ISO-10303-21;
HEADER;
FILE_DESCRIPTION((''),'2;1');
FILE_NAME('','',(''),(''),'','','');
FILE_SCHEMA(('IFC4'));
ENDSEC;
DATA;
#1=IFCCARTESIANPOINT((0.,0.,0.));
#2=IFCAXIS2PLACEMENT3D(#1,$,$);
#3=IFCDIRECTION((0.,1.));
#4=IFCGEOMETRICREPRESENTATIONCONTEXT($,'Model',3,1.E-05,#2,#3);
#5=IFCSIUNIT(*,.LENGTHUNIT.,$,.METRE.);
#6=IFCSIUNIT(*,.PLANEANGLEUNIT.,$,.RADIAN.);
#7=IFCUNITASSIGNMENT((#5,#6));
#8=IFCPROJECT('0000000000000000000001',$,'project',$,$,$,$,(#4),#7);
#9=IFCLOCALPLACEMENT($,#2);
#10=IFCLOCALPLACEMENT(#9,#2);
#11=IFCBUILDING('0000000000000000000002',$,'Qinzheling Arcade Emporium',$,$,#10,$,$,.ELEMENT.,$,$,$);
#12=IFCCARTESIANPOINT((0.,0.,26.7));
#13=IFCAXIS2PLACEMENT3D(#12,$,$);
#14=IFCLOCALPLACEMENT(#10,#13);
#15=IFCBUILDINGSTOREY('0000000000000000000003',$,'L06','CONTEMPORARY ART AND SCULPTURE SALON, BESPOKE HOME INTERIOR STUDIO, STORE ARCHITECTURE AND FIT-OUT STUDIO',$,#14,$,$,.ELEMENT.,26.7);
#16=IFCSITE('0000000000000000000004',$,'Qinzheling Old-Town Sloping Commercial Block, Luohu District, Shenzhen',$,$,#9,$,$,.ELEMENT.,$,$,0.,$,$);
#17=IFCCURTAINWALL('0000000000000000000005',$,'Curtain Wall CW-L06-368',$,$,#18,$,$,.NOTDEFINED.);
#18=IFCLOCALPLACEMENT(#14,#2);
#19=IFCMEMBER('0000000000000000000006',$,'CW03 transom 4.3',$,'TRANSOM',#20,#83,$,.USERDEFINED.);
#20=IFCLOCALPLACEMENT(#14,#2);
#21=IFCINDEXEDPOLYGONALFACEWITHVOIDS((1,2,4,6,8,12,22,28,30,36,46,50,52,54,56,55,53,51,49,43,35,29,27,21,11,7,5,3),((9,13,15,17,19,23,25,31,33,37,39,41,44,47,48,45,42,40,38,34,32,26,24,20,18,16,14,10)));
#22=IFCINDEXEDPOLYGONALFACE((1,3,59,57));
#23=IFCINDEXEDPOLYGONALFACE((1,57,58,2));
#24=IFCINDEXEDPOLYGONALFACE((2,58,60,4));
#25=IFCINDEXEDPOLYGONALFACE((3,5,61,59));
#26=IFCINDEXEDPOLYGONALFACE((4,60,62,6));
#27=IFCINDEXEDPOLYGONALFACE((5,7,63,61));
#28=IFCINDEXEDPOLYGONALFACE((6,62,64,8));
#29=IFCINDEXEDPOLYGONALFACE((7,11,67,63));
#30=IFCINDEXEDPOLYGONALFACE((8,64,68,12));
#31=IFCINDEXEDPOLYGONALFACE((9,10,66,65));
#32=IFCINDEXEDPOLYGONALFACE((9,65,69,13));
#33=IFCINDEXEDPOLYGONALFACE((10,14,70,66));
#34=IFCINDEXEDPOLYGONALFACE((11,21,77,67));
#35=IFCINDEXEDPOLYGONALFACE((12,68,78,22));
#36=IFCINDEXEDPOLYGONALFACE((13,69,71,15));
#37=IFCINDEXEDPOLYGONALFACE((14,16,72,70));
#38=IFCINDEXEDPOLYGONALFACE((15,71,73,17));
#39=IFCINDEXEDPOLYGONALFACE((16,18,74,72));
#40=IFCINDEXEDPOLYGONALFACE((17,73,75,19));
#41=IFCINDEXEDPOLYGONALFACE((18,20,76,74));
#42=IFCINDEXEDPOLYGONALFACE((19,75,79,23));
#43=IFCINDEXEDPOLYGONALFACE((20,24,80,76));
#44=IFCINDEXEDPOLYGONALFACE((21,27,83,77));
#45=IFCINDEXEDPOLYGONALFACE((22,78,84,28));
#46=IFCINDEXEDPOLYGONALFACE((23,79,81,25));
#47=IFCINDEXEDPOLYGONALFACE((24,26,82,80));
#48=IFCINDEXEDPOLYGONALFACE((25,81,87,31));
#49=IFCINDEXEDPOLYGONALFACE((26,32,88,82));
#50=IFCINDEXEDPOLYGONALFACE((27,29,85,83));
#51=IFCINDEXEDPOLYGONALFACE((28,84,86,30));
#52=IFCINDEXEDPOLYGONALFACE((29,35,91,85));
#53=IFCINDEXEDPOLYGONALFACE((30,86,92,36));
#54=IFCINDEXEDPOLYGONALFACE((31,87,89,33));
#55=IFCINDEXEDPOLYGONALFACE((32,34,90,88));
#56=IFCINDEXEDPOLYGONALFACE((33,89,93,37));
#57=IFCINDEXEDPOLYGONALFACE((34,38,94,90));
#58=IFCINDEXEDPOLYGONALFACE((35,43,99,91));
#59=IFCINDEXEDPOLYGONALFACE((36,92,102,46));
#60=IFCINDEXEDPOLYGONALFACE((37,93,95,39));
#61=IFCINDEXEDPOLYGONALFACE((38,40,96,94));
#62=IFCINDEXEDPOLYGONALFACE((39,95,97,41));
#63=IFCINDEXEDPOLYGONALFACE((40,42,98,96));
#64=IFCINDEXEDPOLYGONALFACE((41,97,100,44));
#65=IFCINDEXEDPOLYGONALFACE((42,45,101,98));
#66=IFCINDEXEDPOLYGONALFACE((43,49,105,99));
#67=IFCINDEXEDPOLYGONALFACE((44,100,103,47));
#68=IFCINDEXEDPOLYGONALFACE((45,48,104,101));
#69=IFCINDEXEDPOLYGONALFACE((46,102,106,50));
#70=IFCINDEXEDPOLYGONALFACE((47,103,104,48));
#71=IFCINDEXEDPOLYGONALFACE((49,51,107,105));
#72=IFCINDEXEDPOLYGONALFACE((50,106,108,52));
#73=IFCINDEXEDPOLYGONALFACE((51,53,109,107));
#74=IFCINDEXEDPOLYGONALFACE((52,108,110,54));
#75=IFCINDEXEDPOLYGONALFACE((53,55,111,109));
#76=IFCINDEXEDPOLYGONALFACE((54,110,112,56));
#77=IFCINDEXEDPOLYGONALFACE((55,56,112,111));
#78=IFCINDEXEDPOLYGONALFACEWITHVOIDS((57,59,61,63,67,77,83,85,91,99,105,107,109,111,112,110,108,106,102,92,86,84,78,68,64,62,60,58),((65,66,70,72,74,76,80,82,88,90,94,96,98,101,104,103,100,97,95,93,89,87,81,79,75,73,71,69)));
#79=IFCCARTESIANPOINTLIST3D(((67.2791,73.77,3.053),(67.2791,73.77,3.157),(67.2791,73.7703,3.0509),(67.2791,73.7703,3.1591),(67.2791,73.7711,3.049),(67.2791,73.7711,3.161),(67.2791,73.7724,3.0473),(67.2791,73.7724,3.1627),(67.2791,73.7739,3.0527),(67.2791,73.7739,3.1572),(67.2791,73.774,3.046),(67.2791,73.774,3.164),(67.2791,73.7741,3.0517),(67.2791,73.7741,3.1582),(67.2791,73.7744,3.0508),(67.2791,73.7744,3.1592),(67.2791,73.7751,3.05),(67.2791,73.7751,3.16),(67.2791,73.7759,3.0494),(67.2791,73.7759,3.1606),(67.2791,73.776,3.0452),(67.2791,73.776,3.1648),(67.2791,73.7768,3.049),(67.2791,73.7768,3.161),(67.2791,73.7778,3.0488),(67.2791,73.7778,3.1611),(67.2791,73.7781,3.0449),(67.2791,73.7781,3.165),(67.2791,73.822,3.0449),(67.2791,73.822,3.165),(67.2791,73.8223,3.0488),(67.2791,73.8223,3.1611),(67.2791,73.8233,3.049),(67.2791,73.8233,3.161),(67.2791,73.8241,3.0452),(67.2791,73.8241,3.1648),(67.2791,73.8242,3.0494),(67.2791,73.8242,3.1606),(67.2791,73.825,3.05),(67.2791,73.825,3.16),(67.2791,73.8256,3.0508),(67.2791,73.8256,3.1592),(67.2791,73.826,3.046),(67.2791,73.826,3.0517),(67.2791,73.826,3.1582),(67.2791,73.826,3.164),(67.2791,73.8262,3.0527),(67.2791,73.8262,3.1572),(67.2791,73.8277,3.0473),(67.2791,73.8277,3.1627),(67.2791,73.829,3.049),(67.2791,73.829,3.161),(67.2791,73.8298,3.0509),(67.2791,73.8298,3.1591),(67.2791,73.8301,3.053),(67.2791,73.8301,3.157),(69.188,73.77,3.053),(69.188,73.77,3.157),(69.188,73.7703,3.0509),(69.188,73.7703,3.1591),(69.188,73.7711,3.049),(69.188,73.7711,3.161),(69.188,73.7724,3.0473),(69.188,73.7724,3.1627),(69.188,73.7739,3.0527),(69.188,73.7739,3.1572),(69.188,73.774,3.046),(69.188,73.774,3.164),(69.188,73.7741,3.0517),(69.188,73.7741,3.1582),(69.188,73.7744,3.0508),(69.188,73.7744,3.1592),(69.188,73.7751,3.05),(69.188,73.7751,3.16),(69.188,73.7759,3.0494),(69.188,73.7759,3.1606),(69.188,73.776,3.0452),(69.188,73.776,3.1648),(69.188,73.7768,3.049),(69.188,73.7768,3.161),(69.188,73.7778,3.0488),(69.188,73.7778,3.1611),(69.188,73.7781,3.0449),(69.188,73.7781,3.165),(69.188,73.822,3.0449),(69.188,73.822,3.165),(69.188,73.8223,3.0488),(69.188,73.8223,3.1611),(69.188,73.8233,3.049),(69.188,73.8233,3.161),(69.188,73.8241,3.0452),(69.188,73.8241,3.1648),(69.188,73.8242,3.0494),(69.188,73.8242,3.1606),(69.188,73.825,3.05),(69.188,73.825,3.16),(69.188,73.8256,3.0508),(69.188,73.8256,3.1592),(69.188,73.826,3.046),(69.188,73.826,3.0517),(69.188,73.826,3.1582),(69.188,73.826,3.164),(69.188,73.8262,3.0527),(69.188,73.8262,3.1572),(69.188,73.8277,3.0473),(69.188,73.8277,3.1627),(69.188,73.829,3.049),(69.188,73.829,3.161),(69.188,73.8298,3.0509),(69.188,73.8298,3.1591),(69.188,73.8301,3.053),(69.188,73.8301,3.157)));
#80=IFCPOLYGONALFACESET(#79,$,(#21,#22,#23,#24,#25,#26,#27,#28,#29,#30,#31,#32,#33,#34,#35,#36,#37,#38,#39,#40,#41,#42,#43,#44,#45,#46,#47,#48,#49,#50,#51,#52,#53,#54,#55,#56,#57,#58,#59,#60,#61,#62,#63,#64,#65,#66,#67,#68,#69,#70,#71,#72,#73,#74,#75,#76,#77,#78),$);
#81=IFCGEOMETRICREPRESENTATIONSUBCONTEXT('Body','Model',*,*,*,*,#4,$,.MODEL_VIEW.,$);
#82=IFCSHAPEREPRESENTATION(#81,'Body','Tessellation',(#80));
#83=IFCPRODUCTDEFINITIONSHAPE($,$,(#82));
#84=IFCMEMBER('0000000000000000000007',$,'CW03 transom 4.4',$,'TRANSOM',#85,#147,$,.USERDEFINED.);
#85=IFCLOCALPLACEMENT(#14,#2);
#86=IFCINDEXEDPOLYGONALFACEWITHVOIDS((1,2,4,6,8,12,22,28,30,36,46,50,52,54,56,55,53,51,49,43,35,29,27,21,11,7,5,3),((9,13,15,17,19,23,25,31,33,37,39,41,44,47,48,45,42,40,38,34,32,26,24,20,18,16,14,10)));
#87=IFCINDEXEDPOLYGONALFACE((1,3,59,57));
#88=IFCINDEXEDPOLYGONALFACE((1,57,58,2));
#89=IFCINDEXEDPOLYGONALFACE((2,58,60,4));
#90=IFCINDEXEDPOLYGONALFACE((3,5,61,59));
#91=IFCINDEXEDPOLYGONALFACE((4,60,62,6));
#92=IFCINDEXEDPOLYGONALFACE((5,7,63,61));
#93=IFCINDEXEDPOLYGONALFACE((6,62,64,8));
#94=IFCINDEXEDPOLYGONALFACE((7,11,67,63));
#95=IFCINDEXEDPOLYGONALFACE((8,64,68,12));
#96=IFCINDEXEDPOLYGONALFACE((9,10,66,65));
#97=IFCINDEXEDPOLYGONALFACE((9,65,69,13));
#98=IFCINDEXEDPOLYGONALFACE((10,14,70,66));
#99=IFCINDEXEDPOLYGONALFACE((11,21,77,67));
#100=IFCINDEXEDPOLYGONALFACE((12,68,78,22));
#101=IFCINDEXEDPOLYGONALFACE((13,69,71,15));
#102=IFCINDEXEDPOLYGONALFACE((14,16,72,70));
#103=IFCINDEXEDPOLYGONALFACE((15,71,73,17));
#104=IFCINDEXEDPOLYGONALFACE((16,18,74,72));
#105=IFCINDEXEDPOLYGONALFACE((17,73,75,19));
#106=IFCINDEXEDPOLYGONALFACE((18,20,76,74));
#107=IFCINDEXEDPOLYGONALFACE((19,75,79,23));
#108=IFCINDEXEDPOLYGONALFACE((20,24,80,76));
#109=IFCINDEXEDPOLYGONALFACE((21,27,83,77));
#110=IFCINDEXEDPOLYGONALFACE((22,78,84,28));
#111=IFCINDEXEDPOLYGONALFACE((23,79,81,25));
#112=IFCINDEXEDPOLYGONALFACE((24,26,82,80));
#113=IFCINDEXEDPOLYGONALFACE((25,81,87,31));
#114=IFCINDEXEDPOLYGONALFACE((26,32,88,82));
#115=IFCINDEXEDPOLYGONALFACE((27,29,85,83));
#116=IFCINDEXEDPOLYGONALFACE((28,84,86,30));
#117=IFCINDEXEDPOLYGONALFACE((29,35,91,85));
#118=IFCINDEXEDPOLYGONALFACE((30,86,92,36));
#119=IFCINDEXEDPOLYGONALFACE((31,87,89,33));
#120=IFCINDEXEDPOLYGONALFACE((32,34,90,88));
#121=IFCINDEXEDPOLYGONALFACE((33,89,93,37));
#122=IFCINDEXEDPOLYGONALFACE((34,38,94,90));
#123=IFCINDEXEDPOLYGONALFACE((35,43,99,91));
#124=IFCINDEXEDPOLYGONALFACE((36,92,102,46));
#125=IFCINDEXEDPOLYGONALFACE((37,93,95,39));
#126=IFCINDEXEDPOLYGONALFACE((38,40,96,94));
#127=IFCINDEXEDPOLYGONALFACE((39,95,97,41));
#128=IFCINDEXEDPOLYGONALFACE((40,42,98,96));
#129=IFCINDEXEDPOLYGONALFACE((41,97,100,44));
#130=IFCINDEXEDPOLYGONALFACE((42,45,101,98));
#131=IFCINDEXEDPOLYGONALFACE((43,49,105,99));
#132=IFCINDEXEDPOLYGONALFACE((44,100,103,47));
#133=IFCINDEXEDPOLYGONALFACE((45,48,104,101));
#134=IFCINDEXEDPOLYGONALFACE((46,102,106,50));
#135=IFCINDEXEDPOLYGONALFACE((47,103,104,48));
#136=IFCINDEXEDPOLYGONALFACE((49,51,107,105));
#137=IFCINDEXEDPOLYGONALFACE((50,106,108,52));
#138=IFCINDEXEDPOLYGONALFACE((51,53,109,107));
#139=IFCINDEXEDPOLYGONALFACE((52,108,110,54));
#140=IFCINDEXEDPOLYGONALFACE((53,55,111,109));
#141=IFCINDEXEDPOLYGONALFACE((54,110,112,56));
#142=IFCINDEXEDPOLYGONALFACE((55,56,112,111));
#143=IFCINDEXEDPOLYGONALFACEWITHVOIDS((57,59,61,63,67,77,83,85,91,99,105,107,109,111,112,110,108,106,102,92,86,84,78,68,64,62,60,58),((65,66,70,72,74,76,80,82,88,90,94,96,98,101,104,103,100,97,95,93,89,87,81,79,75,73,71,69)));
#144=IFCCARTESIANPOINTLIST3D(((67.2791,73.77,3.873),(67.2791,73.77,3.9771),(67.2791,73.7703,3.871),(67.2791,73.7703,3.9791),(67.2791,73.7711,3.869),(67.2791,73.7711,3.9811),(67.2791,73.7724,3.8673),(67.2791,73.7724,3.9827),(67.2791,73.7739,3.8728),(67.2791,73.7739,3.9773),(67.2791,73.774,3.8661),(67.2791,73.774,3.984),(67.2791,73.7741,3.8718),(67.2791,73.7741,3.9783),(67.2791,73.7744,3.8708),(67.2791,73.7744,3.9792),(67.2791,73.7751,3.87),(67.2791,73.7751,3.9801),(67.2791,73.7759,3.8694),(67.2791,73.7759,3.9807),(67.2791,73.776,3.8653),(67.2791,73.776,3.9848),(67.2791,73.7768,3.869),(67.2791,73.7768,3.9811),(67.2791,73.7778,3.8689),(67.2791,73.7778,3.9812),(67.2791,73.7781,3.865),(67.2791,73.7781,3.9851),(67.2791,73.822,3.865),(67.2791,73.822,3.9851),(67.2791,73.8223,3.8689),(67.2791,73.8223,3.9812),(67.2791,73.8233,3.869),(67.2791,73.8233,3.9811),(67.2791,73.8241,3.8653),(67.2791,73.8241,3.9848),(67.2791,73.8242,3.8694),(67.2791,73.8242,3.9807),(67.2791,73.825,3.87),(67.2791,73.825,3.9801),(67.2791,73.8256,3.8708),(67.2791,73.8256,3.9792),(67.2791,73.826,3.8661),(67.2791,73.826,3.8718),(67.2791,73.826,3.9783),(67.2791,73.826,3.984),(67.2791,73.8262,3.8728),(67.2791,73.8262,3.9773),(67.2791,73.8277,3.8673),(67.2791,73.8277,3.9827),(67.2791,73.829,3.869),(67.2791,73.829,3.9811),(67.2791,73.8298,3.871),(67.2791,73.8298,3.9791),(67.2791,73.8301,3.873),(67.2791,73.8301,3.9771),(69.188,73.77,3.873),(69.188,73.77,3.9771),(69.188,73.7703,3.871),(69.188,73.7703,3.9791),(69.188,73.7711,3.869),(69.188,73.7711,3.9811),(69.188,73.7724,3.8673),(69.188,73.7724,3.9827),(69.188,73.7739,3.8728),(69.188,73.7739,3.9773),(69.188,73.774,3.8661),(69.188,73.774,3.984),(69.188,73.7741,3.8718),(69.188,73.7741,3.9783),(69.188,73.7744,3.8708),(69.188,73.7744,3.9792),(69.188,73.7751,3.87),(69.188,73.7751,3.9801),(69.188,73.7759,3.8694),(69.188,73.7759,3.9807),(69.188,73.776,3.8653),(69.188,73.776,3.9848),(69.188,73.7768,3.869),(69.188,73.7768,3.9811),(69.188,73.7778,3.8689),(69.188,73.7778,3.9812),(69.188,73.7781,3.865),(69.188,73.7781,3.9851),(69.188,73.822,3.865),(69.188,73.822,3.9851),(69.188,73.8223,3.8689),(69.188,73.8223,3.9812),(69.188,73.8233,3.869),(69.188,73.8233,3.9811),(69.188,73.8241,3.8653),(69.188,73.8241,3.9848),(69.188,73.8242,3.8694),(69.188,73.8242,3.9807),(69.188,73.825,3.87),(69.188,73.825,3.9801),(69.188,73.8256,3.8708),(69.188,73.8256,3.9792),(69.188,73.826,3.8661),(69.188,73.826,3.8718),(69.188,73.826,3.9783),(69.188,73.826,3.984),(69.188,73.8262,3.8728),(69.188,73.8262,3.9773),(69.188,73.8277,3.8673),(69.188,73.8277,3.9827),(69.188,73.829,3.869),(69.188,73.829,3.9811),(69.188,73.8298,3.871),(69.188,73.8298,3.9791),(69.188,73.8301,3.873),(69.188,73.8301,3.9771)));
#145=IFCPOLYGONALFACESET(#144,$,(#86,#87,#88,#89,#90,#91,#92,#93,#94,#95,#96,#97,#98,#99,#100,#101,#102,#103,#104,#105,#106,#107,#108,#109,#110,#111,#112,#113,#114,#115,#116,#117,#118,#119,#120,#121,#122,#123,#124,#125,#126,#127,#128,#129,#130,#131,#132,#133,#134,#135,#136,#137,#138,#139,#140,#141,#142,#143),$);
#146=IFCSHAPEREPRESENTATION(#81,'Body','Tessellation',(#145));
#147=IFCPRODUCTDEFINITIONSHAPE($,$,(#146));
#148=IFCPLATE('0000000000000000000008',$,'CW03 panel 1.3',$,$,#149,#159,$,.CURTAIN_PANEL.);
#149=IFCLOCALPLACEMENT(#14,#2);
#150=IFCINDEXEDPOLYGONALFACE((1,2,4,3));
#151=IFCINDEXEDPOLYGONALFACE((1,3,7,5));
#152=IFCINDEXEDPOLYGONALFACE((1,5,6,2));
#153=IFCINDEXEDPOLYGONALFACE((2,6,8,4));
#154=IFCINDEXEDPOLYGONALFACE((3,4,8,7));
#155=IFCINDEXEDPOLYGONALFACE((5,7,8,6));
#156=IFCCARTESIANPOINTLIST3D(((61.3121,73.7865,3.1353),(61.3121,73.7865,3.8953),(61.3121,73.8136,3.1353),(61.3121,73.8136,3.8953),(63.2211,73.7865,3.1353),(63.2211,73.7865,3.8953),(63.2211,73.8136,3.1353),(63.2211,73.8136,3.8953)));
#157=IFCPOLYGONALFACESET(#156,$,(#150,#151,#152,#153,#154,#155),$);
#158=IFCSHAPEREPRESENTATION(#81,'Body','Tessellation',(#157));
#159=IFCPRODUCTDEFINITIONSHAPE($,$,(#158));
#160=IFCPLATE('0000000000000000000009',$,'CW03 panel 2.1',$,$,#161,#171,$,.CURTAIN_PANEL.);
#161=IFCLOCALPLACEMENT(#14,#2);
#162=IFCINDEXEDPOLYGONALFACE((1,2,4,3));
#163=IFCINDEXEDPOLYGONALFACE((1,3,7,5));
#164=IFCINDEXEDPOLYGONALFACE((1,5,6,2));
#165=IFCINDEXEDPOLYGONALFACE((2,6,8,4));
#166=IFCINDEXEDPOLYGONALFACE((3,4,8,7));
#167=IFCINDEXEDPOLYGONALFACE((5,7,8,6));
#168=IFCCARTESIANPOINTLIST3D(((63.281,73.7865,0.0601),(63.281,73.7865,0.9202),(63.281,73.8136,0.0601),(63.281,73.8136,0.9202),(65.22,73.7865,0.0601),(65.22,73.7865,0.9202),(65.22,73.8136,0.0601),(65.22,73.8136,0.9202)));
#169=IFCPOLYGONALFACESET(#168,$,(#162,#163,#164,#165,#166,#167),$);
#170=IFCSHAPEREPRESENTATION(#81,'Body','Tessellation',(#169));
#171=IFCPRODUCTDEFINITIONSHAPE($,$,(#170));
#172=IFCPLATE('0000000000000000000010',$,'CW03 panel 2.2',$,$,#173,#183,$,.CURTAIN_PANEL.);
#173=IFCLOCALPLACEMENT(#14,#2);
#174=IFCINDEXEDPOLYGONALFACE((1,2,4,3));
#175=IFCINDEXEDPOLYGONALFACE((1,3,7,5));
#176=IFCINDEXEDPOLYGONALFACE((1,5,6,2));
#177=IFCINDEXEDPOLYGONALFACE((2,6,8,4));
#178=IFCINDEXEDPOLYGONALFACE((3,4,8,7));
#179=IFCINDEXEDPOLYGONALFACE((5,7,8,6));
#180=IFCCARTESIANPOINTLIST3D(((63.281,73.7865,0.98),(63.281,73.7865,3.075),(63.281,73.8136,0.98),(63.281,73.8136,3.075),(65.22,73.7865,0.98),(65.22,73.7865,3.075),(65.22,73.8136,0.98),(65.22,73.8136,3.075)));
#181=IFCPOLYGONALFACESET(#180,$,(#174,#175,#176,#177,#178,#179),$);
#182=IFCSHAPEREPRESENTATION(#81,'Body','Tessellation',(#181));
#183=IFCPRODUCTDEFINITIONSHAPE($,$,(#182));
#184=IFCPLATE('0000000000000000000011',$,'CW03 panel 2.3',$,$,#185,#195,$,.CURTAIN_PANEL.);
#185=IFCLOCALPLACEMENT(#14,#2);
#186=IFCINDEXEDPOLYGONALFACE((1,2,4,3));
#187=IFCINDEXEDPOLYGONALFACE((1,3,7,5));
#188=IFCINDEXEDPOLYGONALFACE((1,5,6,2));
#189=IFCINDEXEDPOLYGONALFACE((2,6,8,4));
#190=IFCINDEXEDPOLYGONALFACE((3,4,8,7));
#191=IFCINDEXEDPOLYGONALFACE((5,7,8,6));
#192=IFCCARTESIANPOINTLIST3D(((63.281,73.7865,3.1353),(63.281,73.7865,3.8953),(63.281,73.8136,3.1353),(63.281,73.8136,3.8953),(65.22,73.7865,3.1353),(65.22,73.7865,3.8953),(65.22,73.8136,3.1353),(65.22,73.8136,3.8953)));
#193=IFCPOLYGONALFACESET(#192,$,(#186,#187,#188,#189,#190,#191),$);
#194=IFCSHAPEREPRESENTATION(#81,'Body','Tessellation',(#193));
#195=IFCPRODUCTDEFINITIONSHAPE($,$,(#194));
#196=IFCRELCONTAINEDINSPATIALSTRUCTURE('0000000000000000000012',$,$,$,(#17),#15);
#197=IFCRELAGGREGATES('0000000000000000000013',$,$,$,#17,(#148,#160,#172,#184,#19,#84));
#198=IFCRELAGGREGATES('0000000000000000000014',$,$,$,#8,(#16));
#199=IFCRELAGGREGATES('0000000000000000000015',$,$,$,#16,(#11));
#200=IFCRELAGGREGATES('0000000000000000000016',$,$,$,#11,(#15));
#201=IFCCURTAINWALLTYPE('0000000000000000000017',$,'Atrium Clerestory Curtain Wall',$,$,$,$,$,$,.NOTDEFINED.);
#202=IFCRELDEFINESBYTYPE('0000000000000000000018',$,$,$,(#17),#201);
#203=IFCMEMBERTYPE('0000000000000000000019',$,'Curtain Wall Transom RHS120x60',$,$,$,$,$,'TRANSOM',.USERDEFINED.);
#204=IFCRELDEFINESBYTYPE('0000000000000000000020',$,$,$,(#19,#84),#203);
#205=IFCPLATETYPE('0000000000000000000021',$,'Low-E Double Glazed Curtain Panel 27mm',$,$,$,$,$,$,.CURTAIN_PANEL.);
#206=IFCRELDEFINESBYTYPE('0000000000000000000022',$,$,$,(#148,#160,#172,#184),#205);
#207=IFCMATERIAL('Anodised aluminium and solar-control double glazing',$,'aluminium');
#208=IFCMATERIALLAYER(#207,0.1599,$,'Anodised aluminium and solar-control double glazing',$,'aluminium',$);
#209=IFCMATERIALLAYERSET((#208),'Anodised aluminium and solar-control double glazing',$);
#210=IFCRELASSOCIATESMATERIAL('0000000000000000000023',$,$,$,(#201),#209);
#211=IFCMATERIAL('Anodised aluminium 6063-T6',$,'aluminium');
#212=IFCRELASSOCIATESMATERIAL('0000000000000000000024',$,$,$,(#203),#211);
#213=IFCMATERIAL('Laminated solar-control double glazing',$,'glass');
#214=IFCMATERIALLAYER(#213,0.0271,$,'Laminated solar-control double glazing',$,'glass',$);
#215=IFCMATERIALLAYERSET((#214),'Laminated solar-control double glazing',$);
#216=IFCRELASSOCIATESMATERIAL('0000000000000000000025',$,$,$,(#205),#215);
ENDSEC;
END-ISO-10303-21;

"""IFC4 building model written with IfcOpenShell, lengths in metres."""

from ifc_helpers import new_model, si_unit, direction, frame, origin, origin_2d, place, context, subcontext, project, spatial, rectangle, hollow_rectangle, extrude, material, layer, layer_set, material_profile, profile_set, type_object, element, aggregate, save


model = new_model("IFC4")

# Units and contexts
model_context = context("Model", 3, precision=1e-05, world=origin(), true_north=direction((0.0, 1.0)))
body_context = subcontext(model_context, "Body", "Model", "MODEL_VIEW")
ifc_project = project(units=[si_unit("LENGTHUNIT", "METRE"), si_unit("PLANEANGLEUNIT", "RADIAN")], contexts=[model_context])

# Site, building, storey
site_placement = place(None, origin())
site = spatial("IfcSite", under=ifc_project, at=site_placement, Name="Qinzheling Old-Town Sloping Commercial Block, Luohu District, Shenzhen", CompositionType="ELEMENT", RefElevation=0.0)
building_placement = place(site_placement, origin())
building = spatial("IfcBuilding", under=site, at=building_placement, Name="Qinzheling Arcade Emporium", CompositionType="ELEMENT")
storey_placement = place(building_placement, frame((0.0, 0.0, 26.7)))
storey = spatial("IfcBuildingStorey", under=building, at=storey_placement, Name="L06", Description="CONTEMPORARY ART AND SCULPTURE SALON, BESPOKE HOME INTERIOR STUDIO, STORE ARCHITECTURE AND FIT-OUT STUDIO", CompositionType="ELEMENT", Elevation=26.7)

# Curtain wall, members, plates
ifc_material_1 = material(Name="Anodised aluminium and solar-control double glazing", Category="aluminium")
ifc_layer_1 = layer(ifc_material_1, 0.1599, Name="Anodised aluminium and solar-control double glazing", Category="aluminium")
ifc_layer_set_1 = layer_set([ifc_layer_1], Name="Anodised aluminium and solar-control double glazing")
curtain_wall_type = type_object("IfcCurtainWallType", Name="Atrium Clerestory Curtain Wall", PredefinedType="NOTDEFINED", material=ifc_layer_set_1)
curtain_wall_placement = place(storey_placement, origin())
curtain_wall = element("IfcCurtainWall", 1, at=curtain_wall_placement, inside=storey, type_object=curtain_wall_type, Name="Curtain Wall CW-L06-368", PredefinedType="NOTDEFINED")
ifc_material_2 = material(Name="Anodised aluminium 6063-T6", Category="aluminium")
ifc_material_profile_1 = material_profile(ifc_material_2, hollow_rectangle(XDim=0.0601, YDim=0.1201, WallThickness=0.0039, InnerFilletRadius=0.0039, OuterFilletRadius=0.0081, at=origin_2d()), Name="RHS 120x60x4", Category="aluminium")
ifc_profile_set_1 = profile_set([ifc_material_profile_1], Name="Anodised aluminium 6063-T6")
member_type_1 = type_object("IfcMemberType", Name="Curtain Wall Transom RHS120x60", ElementType="TRANSOM", PredefinedType="USERDEFINED", material=ifc_profile_set_1)
member_1_placement = place(storey_placement, frame((67.2791, 73.8, 3.105), z_axis=(1.0, 0.0, 0.0), x_axis=(0.0, 1.0, 0.0)))
member_1 = element("IfcMember", 2, at=member_1_placement, type_object=member_type_1, Name="CW03 transom 4.3", ObjectType="TRANSOM", PredefinedType="USERDEFINED", context=body_context, shape_type="SweptSolid", body=[
    extrude(hollow_rectangle(XDim=0.0601, YDim=0.1201, WallThickness=0.0039, InnerFilletRadius=0.0039, OuterFilletRadius=0.0081, at=origin_2d()), origin(), (0.0, 0.0, 1.0), 1.9089),
])
member_2_placement = place(storey_placement, frame((67.2791, 73.8, 3.925), z_axis=(1.0, 0.0, 0.0), x_axis=(0.0, 1.0, 0.0)))
member_2 = element("IfcMember", 3, at=member_2_placement, type_object=member_type_1, Name="CW03 transom 4.4", ObjectType="TRANSOM", PredefinedType="USERDEFINED", context=body_context, shape_type="SweptSolid", body=[
    extrude(hollow_rectangle(XDim=0.0601, YDim=0.1201, WallThickness=0.0039, InnerFilletRadius=0.0039, OuterFilletRadius=0.0081, at=origin_2d()), origin(), (0.0, 0.0, 1.0), 1.9089),
])
ifc_material_3 = material(Name="Laminated solar-control double glazing", Category="glass")
ifc_layer_2 = layer(ifc_material_3, 0.0271, Name="Laminated solar-control double glazing", Category="glass")
ifc_layer_set_2 = layer_set([ifc_layer_2], Name="Laminated solar-control double glazing")
plate_type = type_object("IfcPlateType", Name="Low-E Double Glazed Curtain Panel 27mm", PredefinedType="CURTAIN_PANEL", material=ifc_layer_set_2)
plate_1_placement = place(storey_placement, frame((62.2666, 73.8, 3.1353), z_axis=(0.0, 0.0, 1.0), x_axis=(1.0, 0.0, 0.0)))
plate_1 = element("IfcPlate", 4, at=plate_1_placement, type_object=plate_type, Name="CW03 panel 1.3", PredefinedType="CURTAIN_PANEL", context=body_context, shape_type="SweptSolid", body=[
    extrude(rectangle(XDim=1.9089, YDim=0.0271, at=origin_2d()), origin(), (0.0, 0.0, 1.0), 0.76),
])
plate_2_placement = place(storey_placement, frame((64.2505, 73.8, 0.0601), z_axis=(0.0, 0.0, 1.0), x_axis=(1.0, 0.0, 0.0)))
plate_2 = element("IfcPlate", 5, at=plate_2_placement, type_object=plate_type, Name="CW03 panel 2.1", PredefinedType="CURTAIN_PANEL", context=body_context, shape_type="SweptSolid", body=[
    extrude(rectangle(XDim=1.939, YDim=0.0271, at=origin_2d()), origin(), (0.0, 0.0, 1.0), 0.8601),
])
plate_3_placement = place(storey_placement, frame((64.2505, 73.8, 0.98), z_axis=(0.0, 0.0, 1.0), x_axis=(1.0, 0.0, 0.0)))
plate_3 = element("IfcPlate", 6, at=plate_3_placement, type_object=plate_type, Name="CW03 panel 2.2", PredefinedType="CURTAIN_PANEL", context=body_context, shape_type="SweptSolid", body=[
    extrude(rectangle(XDim=1.939, YDim=0.0271, at=origin_2d()), origin(), (0.0, 0.0, 1.0), 2.095),
])
plate_4_placement = place(storey_placement, frame((64.2505, 73.8, 3.1353), z_axis=(0.0, 0.0, 1.0), x_axis=(1.0, 0.0, 0.0)))
plate_4 = element("IfcPlate", 7, at=plate_4_placement, type_object=plate_type, Name="CW03 panel 2.3", PredefinedType="CURTAIN_PANEL", context=body_context, shape_type="SweptSolid", body=[
    extrude(rectangle(XDim=1.939, YDim=0.0271, at=origin_2d()), origin(), (0.0, 0.0, 1.0), 0.76),
])
aggregate(curtain_wall, [plate_1, plate_2, plate_3, plate_4, member_1, member_2])

save(model, "model.ifc")
